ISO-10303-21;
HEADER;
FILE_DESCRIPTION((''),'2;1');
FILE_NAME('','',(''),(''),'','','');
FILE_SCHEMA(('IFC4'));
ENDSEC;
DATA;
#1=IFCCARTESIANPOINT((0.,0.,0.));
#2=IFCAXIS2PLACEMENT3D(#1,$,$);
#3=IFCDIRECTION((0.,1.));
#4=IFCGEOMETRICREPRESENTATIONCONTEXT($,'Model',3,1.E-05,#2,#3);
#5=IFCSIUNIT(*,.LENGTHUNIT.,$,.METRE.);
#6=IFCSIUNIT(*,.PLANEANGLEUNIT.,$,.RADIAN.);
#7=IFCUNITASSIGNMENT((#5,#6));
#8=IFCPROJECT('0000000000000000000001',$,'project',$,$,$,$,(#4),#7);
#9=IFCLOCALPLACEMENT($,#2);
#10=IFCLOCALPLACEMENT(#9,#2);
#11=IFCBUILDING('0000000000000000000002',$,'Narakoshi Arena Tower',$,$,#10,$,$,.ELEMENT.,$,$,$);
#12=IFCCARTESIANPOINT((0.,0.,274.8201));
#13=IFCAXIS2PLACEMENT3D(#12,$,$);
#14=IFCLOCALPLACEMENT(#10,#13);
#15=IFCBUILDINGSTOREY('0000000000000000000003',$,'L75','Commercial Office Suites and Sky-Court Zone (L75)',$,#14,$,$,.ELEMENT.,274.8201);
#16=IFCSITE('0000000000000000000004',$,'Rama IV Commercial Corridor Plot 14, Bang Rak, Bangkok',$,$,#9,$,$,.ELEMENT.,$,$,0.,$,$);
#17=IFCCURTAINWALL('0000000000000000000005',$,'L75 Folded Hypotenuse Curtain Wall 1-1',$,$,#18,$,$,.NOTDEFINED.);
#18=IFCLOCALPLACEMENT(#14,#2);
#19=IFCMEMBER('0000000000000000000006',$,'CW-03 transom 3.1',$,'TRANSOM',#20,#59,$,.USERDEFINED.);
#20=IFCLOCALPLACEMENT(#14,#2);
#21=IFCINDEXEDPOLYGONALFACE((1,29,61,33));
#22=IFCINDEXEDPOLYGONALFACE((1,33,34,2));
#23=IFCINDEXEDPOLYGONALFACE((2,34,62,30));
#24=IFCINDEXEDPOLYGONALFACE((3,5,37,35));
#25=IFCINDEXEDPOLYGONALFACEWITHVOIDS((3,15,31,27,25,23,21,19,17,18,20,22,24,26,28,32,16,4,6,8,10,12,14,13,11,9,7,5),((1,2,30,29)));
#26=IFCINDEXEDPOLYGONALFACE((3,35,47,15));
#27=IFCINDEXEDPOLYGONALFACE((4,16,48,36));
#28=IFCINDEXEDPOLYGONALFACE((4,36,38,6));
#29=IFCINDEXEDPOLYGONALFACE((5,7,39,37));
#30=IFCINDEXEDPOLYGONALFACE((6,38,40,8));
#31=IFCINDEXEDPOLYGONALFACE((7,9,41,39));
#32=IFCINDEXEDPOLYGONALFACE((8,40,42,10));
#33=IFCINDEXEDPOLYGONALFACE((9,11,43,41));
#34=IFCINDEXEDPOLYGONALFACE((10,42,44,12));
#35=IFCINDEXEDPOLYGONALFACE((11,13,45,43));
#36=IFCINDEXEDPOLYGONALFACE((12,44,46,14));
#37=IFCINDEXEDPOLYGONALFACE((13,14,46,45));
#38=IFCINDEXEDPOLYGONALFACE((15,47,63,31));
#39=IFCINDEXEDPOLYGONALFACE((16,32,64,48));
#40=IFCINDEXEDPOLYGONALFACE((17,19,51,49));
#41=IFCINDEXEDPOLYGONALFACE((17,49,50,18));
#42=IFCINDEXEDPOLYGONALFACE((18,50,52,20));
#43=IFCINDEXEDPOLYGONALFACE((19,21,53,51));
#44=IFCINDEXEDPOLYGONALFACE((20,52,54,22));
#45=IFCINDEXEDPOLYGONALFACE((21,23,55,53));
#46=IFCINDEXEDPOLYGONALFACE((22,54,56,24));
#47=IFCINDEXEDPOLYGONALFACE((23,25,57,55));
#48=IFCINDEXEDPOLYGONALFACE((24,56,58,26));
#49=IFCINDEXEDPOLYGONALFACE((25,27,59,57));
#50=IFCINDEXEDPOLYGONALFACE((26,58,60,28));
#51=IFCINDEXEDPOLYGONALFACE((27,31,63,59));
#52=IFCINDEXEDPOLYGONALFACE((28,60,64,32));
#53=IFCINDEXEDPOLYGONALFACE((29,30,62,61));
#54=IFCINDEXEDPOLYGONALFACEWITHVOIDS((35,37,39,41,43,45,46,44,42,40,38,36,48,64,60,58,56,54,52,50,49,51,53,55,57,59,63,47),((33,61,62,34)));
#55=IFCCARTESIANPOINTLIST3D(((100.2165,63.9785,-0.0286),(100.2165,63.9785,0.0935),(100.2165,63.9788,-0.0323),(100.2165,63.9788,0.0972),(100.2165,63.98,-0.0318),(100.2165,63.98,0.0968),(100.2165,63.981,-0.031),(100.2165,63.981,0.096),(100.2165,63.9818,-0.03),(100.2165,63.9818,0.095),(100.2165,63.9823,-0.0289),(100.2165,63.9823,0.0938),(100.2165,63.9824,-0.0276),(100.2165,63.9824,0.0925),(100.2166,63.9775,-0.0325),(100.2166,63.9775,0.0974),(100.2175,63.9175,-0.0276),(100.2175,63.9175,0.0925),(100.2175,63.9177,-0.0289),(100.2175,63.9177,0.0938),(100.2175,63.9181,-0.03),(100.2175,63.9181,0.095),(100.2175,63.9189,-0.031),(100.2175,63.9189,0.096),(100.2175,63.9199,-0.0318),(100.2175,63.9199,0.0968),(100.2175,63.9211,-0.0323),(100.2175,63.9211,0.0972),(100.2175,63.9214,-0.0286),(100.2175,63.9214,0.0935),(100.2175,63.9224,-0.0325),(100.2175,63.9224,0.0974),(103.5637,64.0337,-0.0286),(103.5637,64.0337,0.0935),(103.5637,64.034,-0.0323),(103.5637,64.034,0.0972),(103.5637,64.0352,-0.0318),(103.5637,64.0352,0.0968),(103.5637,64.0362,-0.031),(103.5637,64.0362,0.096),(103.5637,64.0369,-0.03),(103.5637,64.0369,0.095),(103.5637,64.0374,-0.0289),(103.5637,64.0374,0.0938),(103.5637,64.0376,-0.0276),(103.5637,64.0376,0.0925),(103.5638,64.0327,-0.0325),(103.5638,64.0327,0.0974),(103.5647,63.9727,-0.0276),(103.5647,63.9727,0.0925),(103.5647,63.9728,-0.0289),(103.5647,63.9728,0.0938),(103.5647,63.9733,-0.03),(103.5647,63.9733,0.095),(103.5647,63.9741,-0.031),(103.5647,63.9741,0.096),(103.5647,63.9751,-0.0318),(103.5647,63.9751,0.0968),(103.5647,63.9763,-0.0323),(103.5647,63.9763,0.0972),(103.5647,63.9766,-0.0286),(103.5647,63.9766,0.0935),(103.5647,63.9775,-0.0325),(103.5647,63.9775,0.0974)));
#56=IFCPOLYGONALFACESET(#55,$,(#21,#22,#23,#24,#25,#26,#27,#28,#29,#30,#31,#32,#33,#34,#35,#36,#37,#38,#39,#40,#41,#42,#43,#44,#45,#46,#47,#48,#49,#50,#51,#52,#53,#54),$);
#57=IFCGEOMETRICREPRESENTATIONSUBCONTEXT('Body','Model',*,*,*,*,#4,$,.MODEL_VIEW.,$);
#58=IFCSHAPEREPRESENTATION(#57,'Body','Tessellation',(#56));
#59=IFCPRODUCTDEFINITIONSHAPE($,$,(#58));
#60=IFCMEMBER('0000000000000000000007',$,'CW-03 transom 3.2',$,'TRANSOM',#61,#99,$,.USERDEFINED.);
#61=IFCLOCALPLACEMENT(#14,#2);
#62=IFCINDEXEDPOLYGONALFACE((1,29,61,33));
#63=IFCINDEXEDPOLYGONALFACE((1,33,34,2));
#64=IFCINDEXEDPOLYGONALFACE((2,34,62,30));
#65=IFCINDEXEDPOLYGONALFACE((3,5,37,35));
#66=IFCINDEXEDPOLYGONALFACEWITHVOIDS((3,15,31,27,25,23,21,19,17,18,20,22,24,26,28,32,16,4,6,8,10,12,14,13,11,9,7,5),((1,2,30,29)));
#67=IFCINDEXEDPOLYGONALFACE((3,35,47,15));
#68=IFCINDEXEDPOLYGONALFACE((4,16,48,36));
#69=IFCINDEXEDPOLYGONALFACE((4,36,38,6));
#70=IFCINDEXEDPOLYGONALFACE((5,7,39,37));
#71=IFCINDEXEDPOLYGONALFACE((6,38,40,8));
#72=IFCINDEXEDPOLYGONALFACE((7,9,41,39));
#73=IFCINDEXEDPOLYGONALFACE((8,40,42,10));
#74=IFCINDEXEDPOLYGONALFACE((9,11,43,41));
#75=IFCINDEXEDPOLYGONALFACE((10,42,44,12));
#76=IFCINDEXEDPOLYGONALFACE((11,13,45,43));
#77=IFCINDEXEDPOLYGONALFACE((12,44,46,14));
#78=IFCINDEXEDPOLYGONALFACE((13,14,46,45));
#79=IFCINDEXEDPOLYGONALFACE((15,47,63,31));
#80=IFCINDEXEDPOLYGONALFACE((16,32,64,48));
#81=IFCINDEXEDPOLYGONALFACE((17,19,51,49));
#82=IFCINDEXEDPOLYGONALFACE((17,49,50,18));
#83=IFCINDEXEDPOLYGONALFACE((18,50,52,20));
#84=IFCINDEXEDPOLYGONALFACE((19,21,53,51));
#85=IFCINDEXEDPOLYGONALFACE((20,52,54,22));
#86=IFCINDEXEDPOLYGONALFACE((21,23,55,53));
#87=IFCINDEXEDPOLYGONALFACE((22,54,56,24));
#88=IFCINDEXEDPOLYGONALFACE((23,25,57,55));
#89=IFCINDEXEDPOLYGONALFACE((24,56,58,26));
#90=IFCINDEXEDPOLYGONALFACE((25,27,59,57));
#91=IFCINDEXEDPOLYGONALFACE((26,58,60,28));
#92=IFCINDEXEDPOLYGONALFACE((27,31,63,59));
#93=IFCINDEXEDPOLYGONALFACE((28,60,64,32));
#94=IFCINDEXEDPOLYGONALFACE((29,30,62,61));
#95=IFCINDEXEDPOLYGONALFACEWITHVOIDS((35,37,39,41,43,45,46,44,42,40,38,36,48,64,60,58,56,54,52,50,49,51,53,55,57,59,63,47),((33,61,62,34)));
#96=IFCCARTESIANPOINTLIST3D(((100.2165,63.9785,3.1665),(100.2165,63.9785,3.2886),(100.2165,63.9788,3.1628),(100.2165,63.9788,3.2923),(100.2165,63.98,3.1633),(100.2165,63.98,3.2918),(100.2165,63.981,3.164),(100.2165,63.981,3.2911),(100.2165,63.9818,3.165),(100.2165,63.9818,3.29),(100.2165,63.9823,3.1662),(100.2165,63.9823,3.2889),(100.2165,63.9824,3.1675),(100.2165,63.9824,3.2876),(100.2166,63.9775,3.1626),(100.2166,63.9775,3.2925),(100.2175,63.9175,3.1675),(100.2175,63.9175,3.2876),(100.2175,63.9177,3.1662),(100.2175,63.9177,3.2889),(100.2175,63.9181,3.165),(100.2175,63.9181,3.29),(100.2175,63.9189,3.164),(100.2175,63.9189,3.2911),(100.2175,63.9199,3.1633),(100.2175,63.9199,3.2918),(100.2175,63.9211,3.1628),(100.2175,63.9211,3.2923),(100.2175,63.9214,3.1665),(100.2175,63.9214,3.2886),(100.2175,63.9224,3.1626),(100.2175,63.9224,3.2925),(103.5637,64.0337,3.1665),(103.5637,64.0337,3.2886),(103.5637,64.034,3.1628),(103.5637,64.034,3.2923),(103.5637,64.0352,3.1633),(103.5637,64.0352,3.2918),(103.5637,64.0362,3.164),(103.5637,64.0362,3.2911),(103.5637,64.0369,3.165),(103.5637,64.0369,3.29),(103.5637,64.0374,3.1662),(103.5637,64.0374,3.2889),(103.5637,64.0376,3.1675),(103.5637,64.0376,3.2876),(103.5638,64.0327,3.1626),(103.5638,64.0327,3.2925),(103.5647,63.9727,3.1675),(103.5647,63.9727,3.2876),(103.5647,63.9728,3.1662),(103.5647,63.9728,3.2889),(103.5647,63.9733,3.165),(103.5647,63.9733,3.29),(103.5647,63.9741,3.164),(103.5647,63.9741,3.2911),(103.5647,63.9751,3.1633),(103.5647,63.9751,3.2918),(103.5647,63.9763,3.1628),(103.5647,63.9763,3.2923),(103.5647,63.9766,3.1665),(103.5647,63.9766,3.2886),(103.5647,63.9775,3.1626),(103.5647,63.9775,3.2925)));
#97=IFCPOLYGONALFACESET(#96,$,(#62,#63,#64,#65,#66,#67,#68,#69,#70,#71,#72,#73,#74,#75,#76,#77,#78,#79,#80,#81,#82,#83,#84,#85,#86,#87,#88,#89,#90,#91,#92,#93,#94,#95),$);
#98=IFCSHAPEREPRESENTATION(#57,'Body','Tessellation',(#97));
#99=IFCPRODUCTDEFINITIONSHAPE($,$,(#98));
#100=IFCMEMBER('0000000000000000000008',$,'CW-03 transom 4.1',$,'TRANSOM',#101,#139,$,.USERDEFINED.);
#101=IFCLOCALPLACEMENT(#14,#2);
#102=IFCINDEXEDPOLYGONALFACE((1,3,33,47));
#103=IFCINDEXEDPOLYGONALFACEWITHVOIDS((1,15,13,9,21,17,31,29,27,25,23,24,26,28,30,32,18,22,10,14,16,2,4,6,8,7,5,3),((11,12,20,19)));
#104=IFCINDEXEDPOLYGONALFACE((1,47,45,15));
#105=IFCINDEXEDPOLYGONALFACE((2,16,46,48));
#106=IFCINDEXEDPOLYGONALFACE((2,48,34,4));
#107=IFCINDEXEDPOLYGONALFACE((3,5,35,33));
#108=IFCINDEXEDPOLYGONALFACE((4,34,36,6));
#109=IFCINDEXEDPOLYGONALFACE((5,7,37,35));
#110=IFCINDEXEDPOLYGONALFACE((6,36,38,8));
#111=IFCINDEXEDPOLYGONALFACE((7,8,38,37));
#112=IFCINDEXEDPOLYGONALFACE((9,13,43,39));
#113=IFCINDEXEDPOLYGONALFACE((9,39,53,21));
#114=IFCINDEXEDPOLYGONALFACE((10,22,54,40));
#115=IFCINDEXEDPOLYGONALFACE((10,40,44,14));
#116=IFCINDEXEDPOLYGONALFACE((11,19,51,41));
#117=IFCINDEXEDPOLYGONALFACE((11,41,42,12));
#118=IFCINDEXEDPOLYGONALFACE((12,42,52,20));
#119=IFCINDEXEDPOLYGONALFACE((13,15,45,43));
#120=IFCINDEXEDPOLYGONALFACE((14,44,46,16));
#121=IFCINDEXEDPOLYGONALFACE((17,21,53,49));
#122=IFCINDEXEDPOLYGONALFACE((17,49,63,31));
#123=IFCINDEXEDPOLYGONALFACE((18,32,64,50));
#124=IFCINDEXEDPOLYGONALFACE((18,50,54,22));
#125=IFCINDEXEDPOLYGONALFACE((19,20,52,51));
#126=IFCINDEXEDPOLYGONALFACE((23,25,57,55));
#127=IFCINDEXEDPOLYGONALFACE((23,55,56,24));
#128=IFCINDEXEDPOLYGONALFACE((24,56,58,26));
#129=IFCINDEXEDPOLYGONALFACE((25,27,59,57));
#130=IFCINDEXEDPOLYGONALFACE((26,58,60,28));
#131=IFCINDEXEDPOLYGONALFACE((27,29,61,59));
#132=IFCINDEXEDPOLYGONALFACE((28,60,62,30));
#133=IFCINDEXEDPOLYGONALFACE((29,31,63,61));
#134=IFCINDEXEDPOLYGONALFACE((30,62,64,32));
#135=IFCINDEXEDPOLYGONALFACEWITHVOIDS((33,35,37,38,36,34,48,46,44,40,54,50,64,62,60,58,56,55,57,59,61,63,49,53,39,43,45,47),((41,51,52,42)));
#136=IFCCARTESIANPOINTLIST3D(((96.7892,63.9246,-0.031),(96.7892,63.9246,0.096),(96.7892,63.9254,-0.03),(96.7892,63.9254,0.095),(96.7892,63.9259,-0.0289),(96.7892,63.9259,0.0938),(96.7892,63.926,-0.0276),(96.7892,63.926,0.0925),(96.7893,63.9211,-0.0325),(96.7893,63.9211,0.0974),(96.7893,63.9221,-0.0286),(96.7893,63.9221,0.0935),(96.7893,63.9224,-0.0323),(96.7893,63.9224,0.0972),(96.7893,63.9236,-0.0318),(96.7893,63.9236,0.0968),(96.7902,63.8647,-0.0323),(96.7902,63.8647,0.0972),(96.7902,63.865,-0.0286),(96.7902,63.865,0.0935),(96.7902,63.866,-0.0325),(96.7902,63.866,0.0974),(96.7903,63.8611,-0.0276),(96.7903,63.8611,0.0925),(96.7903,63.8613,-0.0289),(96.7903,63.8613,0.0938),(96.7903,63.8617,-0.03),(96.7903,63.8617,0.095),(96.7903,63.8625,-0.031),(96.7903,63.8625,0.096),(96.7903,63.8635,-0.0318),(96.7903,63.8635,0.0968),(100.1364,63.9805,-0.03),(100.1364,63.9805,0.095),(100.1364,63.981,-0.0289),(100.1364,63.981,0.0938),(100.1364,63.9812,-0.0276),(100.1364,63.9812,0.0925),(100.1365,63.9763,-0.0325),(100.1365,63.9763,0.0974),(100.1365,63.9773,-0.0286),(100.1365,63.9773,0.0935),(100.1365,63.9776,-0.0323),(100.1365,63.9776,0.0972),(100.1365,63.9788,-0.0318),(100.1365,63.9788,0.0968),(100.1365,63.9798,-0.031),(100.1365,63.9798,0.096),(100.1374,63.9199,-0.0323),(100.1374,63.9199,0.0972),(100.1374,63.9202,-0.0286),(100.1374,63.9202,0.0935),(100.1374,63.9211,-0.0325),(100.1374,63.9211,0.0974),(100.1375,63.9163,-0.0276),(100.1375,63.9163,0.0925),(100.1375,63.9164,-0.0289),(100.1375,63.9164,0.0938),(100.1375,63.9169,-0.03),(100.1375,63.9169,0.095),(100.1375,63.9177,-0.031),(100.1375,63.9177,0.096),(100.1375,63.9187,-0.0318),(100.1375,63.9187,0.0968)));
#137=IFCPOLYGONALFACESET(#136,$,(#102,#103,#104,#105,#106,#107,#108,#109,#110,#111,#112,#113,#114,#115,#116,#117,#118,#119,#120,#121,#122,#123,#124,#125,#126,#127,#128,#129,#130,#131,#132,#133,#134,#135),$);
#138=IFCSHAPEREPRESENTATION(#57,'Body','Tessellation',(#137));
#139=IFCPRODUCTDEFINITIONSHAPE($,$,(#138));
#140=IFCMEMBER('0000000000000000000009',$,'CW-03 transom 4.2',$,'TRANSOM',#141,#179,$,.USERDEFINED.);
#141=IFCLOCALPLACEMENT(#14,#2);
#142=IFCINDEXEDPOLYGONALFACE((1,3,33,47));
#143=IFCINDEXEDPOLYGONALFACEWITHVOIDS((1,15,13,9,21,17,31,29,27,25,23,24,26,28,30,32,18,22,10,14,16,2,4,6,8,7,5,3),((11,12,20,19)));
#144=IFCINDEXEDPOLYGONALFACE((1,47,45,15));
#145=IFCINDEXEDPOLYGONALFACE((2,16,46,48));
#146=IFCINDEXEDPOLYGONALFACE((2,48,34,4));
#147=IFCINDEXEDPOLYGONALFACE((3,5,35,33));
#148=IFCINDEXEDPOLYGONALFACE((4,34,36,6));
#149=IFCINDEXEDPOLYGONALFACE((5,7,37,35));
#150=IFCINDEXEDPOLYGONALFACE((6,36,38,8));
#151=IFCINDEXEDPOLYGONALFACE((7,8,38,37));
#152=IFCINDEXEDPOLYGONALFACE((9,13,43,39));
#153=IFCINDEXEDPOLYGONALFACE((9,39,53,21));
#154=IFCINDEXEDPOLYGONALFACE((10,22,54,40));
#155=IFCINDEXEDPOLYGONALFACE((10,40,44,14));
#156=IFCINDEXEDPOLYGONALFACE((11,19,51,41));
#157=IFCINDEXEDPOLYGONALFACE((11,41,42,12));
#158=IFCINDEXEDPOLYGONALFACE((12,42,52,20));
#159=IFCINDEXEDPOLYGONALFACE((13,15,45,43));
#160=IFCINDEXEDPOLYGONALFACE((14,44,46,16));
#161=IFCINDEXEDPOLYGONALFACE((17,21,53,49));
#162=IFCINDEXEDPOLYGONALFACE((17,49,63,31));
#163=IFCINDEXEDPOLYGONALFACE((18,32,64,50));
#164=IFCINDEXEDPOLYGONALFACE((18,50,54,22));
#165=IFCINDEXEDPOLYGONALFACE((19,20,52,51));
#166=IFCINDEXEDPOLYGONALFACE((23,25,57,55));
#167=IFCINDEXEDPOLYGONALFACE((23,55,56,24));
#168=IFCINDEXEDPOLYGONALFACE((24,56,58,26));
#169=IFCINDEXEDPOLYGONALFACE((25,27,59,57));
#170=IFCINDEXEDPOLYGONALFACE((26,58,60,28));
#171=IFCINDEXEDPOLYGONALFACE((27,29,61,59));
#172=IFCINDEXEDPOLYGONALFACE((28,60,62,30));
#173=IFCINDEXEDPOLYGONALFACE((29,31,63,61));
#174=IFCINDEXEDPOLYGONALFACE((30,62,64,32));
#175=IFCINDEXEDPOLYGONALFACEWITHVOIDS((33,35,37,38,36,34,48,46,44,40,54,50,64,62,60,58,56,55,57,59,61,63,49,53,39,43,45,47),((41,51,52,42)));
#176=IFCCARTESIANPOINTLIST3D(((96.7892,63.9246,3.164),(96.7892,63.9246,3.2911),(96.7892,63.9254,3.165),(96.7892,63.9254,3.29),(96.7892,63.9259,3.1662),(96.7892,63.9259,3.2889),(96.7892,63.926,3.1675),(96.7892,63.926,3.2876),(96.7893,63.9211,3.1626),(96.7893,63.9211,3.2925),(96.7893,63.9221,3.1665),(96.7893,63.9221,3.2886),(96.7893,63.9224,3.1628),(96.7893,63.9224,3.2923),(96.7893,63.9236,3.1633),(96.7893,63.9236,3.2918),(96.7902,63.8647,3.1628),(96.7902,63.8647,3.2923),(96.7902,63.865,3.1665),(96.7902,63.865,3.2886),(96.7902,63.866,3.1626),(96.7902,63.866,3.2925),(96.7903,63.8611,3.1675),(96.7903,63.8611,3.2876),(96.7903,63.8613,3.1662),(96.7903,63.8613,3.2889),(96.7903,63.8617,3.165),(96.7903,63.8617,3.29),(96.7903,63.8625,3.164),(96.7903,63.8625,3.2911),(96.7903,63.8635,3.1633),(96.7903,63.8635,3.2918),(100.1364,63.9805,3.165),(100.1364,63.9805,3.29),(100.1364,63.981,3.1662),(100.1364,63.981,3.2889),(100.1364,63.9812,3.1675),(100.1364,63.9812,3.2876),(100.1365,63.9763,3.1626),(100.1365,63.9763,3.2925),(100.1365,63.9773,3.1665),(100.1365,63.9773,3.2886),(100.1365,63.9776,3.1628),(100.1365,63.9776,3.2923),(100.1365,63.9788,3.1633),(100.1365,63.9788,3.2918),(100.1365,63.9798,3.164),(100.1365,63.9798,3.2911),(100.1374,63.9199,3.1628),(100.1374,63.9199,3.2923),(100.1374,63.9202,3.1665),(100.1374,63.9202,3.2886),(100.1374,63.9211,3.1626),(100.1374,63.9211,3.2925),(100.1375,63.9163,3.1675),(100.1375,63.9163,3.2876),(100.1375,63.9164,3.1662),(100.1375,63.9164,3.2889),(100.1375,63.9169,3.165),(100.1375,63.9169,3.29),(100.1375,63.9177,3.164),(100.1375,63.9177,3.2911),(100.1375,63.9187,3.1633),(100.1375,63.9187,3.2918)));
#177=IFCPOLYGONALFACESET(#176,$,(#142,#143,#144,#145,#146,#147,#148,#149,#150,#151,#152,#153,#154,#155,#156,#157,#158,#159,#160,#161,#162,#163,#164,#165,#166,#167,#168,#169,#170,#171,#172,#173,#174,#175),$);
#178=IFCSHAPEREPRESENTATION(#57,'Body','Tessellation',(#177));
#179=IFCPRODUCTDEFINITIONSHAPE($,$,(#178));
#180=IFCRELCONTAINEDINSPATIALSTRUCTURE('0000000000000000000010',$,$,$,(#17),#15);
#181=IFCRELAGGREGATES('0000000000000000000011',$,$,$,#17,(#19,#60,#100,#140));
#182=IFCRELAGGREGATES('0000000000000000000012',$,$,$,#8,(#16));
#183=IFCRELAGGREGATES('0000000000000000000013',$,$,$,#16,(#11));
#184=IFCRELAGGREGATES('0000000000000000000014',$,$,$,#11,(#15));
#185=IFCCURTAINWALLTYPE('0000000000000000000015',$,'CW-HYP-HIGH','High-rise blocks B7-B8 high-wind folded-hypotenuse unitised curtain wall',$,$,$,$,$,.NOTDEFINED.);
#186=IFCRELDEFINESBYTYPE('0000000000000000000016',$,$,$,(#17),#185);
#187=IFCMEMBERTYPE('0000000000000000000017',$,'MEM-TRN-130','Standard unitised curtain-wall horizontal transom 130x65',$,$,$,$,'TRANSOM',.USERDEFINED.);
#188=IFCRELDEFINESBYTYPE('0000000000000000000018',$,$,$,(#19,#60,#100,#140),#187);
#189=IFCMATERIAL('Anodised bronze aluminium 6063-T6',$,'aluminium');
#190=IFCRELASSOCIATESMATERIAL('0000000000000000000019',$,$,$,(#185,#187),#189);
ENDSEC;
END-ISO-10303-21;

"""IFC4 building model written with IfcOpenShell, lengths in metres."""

from ifc_helpers import new_model, si_unit, direction, frame, origin, origin_2d, place, context, subcontext, project, spatial, hollow_rectangle, extrude, material, material_profile, profile_set, type_object, element, aggregate, save


model = new_model("IFC4")

# Units and contexts
model_context = context("Model", 3, precision=1e-05, world=origin(), true_north=direction((0.0, 1.0)))
body_context = subcontext(model_context, "Body", "Model", "MODEL_VIEW")
ifc_project = project(units=[si_unit("LENGTHUNIT", "METRE"), si_unit("PLANEANGLEUNIT", "RADIAN")], contexts=[model_context])

# Site, building, storey
site_placement = place(None, origin())
site = spatial("IfcSite", under=ifc_project, at=site_placement, Name="Rama IV Commercial Corridor Plot 14, Bang Rak, Bangkok", CompositionType="ELEMENT", RefElevation=0.0)
building_placement = place(site_placement, origin())
building = spatial("IfcBuilding", under=site, at=building_placement, Name="Narakoshi Arena Tower", CompositionType="ELEMENT")
storey_placement = place(building_placement, frame((0.0, 0.0, 274.8201)))
storey = spatial("IfcBuildingStorey", under=building, at=storey_placement, Name="L75", Description="Commercial Office Suites and Sky-Court Zone (L75)", CompositionType="ELEMENT", Elevation=274.8201)

# Curtain wall, members
ifc_material_1 = material(Name="Anodised bronze aluminium 6063-T6", Category="aluminium")
curtain_wall_type = type_object("IfcCurtainWallType", Name="CW-HYP-HIGH", Description="High-rise blocks B7-B8 high-wind folded-hypotenuse unitised curtain wall", PredefinedType="NOTDEFINED", material=ifc_material_1)
curtain_wall_placement = place(storey_placement, origin())
curtain_wall = element("IfcCurtainWall", 1, at=curtain_wall_placement, inside=storey, type_object=curtain_wall_type, Name="L75 Folded Hypotenuse Curtain Wall 1-1", PredefinedType="NOTDEFINED")
ifc_material_profile_1 = material_profile(ifc_material_1, hollow_rectangle(XDim=0.0649, YDim=0.1299, WallThickness=0.0039, OuterFilletRadius=0.0049, at=origin_2d()), Name="TRN130x65x4")
ifc_profile_set_1 = profile_set([ifc_material_profile_1], Name="Anodised bronze aluminium 6063-T6")
member_type_1 = type_object("IfcMemberType", Name="MEM-TRN-130", Description="Standard unitised curtain-wall horizontal transom 130x65", ElementType="TRANSOM", PredefinedType="USERDEFINED", material=ifc_profile_set_1)
member_1_placement = place(storey_placement, frame((103.5642, 64.0051, 0.0325), z_axis=(-0.999864, -0.016482, 0.0), x_axis=(0.016482, -0.999864, 0.0)))
member_1 = element("IfcMember", 2, at=member_1_placement, type_object=member_type_1, Name="CW-03 transom 3.1", ObjectType="TRANSOM", PredefinedType="USERDEFINED", context=body_context, shape_type="SweptSolid", body=[
    extrude(hollow_rectangle(XDim=0.0649, YDim=0.1299, WallThickness=0.0039, OuterFilletRadius=0.0049, at=origin_2d()), origin(), (0.0, 0.0, 1.0), 3.3477),
])
member_2_placement = place(storey_placement, frame((103.5642, 64.0051, 3.2275), z_axis=(-0.999864, -0.016482, 0.0), x_axis=(0.016482, -0.999864, 0.0)))
member_2 = element("IfcMember", 3, at=member_2_placement, type_object=member_type_1, Name="CW-03 transom 3.2", ObjectType="TRANSOM", PredefinedType="USERDEFINED", context=body_context, shape_type="SweptSolid", body=[
    extrude(hollow_rectangle(XDim=0.0649, YDim=0.1299, WallThickness=0.0039, OuterFilletRadius=0.0049, at=origin_2d()), origin(), (0.0, 0.0, 1.0), 3.3477),
])
member_3_placement = place(storey_placement, frame((100.137, 63.9487, 0.0325), z_axis=(-0.999864, -0.016482, 0.0), x_axis=(0.016482, -0.999864, 0.0)))
member_3 = element("IfcMember", 4, at=member_3_placement, type_object=member_type_1, Name="CW-03 transom 4.1", ObjectType="TRANSOM", PredefinedType="USERDEFINED", context=body_context, shape_type="SweptSolid", body=[
    extrude(hollow_rectangle(XDim=0.0649, YDim=0.1299, WallThickness=0.0039, OuterFilletRadius=0.0049, at=origin_2d()), origin(), (0.0, 0.0, 1.0), 3.3477),
])
member_4_placement = place(storey_placement, frame((100.137, 63.9487, 3.2275), z_axis=(-0.999864, -0.016482, 0.0), x_axis=(0.016482, -0.999864, 0.0)))
member_4 = element("IfcMember", 5, at=member_4_placement, type_object=member_type_1, Name="CW-03 transom 4.2", ObjectType="TRANSOM", PredefinedType="USERDEFINED", context=body_context, shape_type="SweptSolid", body=[
    extrude(hollow_rectangle(XDim=0.0649, YDim=0.1299, WallThickness=0.0039, OuterFilletRadius=0.0049, at=origin_2d()), origin(), (0.0, 0.0, 1.0), 3.3477),
])
aggregate(curtain_wall, [member_1, member_2, member_3, member_4])

save(model, "model.ifc")
